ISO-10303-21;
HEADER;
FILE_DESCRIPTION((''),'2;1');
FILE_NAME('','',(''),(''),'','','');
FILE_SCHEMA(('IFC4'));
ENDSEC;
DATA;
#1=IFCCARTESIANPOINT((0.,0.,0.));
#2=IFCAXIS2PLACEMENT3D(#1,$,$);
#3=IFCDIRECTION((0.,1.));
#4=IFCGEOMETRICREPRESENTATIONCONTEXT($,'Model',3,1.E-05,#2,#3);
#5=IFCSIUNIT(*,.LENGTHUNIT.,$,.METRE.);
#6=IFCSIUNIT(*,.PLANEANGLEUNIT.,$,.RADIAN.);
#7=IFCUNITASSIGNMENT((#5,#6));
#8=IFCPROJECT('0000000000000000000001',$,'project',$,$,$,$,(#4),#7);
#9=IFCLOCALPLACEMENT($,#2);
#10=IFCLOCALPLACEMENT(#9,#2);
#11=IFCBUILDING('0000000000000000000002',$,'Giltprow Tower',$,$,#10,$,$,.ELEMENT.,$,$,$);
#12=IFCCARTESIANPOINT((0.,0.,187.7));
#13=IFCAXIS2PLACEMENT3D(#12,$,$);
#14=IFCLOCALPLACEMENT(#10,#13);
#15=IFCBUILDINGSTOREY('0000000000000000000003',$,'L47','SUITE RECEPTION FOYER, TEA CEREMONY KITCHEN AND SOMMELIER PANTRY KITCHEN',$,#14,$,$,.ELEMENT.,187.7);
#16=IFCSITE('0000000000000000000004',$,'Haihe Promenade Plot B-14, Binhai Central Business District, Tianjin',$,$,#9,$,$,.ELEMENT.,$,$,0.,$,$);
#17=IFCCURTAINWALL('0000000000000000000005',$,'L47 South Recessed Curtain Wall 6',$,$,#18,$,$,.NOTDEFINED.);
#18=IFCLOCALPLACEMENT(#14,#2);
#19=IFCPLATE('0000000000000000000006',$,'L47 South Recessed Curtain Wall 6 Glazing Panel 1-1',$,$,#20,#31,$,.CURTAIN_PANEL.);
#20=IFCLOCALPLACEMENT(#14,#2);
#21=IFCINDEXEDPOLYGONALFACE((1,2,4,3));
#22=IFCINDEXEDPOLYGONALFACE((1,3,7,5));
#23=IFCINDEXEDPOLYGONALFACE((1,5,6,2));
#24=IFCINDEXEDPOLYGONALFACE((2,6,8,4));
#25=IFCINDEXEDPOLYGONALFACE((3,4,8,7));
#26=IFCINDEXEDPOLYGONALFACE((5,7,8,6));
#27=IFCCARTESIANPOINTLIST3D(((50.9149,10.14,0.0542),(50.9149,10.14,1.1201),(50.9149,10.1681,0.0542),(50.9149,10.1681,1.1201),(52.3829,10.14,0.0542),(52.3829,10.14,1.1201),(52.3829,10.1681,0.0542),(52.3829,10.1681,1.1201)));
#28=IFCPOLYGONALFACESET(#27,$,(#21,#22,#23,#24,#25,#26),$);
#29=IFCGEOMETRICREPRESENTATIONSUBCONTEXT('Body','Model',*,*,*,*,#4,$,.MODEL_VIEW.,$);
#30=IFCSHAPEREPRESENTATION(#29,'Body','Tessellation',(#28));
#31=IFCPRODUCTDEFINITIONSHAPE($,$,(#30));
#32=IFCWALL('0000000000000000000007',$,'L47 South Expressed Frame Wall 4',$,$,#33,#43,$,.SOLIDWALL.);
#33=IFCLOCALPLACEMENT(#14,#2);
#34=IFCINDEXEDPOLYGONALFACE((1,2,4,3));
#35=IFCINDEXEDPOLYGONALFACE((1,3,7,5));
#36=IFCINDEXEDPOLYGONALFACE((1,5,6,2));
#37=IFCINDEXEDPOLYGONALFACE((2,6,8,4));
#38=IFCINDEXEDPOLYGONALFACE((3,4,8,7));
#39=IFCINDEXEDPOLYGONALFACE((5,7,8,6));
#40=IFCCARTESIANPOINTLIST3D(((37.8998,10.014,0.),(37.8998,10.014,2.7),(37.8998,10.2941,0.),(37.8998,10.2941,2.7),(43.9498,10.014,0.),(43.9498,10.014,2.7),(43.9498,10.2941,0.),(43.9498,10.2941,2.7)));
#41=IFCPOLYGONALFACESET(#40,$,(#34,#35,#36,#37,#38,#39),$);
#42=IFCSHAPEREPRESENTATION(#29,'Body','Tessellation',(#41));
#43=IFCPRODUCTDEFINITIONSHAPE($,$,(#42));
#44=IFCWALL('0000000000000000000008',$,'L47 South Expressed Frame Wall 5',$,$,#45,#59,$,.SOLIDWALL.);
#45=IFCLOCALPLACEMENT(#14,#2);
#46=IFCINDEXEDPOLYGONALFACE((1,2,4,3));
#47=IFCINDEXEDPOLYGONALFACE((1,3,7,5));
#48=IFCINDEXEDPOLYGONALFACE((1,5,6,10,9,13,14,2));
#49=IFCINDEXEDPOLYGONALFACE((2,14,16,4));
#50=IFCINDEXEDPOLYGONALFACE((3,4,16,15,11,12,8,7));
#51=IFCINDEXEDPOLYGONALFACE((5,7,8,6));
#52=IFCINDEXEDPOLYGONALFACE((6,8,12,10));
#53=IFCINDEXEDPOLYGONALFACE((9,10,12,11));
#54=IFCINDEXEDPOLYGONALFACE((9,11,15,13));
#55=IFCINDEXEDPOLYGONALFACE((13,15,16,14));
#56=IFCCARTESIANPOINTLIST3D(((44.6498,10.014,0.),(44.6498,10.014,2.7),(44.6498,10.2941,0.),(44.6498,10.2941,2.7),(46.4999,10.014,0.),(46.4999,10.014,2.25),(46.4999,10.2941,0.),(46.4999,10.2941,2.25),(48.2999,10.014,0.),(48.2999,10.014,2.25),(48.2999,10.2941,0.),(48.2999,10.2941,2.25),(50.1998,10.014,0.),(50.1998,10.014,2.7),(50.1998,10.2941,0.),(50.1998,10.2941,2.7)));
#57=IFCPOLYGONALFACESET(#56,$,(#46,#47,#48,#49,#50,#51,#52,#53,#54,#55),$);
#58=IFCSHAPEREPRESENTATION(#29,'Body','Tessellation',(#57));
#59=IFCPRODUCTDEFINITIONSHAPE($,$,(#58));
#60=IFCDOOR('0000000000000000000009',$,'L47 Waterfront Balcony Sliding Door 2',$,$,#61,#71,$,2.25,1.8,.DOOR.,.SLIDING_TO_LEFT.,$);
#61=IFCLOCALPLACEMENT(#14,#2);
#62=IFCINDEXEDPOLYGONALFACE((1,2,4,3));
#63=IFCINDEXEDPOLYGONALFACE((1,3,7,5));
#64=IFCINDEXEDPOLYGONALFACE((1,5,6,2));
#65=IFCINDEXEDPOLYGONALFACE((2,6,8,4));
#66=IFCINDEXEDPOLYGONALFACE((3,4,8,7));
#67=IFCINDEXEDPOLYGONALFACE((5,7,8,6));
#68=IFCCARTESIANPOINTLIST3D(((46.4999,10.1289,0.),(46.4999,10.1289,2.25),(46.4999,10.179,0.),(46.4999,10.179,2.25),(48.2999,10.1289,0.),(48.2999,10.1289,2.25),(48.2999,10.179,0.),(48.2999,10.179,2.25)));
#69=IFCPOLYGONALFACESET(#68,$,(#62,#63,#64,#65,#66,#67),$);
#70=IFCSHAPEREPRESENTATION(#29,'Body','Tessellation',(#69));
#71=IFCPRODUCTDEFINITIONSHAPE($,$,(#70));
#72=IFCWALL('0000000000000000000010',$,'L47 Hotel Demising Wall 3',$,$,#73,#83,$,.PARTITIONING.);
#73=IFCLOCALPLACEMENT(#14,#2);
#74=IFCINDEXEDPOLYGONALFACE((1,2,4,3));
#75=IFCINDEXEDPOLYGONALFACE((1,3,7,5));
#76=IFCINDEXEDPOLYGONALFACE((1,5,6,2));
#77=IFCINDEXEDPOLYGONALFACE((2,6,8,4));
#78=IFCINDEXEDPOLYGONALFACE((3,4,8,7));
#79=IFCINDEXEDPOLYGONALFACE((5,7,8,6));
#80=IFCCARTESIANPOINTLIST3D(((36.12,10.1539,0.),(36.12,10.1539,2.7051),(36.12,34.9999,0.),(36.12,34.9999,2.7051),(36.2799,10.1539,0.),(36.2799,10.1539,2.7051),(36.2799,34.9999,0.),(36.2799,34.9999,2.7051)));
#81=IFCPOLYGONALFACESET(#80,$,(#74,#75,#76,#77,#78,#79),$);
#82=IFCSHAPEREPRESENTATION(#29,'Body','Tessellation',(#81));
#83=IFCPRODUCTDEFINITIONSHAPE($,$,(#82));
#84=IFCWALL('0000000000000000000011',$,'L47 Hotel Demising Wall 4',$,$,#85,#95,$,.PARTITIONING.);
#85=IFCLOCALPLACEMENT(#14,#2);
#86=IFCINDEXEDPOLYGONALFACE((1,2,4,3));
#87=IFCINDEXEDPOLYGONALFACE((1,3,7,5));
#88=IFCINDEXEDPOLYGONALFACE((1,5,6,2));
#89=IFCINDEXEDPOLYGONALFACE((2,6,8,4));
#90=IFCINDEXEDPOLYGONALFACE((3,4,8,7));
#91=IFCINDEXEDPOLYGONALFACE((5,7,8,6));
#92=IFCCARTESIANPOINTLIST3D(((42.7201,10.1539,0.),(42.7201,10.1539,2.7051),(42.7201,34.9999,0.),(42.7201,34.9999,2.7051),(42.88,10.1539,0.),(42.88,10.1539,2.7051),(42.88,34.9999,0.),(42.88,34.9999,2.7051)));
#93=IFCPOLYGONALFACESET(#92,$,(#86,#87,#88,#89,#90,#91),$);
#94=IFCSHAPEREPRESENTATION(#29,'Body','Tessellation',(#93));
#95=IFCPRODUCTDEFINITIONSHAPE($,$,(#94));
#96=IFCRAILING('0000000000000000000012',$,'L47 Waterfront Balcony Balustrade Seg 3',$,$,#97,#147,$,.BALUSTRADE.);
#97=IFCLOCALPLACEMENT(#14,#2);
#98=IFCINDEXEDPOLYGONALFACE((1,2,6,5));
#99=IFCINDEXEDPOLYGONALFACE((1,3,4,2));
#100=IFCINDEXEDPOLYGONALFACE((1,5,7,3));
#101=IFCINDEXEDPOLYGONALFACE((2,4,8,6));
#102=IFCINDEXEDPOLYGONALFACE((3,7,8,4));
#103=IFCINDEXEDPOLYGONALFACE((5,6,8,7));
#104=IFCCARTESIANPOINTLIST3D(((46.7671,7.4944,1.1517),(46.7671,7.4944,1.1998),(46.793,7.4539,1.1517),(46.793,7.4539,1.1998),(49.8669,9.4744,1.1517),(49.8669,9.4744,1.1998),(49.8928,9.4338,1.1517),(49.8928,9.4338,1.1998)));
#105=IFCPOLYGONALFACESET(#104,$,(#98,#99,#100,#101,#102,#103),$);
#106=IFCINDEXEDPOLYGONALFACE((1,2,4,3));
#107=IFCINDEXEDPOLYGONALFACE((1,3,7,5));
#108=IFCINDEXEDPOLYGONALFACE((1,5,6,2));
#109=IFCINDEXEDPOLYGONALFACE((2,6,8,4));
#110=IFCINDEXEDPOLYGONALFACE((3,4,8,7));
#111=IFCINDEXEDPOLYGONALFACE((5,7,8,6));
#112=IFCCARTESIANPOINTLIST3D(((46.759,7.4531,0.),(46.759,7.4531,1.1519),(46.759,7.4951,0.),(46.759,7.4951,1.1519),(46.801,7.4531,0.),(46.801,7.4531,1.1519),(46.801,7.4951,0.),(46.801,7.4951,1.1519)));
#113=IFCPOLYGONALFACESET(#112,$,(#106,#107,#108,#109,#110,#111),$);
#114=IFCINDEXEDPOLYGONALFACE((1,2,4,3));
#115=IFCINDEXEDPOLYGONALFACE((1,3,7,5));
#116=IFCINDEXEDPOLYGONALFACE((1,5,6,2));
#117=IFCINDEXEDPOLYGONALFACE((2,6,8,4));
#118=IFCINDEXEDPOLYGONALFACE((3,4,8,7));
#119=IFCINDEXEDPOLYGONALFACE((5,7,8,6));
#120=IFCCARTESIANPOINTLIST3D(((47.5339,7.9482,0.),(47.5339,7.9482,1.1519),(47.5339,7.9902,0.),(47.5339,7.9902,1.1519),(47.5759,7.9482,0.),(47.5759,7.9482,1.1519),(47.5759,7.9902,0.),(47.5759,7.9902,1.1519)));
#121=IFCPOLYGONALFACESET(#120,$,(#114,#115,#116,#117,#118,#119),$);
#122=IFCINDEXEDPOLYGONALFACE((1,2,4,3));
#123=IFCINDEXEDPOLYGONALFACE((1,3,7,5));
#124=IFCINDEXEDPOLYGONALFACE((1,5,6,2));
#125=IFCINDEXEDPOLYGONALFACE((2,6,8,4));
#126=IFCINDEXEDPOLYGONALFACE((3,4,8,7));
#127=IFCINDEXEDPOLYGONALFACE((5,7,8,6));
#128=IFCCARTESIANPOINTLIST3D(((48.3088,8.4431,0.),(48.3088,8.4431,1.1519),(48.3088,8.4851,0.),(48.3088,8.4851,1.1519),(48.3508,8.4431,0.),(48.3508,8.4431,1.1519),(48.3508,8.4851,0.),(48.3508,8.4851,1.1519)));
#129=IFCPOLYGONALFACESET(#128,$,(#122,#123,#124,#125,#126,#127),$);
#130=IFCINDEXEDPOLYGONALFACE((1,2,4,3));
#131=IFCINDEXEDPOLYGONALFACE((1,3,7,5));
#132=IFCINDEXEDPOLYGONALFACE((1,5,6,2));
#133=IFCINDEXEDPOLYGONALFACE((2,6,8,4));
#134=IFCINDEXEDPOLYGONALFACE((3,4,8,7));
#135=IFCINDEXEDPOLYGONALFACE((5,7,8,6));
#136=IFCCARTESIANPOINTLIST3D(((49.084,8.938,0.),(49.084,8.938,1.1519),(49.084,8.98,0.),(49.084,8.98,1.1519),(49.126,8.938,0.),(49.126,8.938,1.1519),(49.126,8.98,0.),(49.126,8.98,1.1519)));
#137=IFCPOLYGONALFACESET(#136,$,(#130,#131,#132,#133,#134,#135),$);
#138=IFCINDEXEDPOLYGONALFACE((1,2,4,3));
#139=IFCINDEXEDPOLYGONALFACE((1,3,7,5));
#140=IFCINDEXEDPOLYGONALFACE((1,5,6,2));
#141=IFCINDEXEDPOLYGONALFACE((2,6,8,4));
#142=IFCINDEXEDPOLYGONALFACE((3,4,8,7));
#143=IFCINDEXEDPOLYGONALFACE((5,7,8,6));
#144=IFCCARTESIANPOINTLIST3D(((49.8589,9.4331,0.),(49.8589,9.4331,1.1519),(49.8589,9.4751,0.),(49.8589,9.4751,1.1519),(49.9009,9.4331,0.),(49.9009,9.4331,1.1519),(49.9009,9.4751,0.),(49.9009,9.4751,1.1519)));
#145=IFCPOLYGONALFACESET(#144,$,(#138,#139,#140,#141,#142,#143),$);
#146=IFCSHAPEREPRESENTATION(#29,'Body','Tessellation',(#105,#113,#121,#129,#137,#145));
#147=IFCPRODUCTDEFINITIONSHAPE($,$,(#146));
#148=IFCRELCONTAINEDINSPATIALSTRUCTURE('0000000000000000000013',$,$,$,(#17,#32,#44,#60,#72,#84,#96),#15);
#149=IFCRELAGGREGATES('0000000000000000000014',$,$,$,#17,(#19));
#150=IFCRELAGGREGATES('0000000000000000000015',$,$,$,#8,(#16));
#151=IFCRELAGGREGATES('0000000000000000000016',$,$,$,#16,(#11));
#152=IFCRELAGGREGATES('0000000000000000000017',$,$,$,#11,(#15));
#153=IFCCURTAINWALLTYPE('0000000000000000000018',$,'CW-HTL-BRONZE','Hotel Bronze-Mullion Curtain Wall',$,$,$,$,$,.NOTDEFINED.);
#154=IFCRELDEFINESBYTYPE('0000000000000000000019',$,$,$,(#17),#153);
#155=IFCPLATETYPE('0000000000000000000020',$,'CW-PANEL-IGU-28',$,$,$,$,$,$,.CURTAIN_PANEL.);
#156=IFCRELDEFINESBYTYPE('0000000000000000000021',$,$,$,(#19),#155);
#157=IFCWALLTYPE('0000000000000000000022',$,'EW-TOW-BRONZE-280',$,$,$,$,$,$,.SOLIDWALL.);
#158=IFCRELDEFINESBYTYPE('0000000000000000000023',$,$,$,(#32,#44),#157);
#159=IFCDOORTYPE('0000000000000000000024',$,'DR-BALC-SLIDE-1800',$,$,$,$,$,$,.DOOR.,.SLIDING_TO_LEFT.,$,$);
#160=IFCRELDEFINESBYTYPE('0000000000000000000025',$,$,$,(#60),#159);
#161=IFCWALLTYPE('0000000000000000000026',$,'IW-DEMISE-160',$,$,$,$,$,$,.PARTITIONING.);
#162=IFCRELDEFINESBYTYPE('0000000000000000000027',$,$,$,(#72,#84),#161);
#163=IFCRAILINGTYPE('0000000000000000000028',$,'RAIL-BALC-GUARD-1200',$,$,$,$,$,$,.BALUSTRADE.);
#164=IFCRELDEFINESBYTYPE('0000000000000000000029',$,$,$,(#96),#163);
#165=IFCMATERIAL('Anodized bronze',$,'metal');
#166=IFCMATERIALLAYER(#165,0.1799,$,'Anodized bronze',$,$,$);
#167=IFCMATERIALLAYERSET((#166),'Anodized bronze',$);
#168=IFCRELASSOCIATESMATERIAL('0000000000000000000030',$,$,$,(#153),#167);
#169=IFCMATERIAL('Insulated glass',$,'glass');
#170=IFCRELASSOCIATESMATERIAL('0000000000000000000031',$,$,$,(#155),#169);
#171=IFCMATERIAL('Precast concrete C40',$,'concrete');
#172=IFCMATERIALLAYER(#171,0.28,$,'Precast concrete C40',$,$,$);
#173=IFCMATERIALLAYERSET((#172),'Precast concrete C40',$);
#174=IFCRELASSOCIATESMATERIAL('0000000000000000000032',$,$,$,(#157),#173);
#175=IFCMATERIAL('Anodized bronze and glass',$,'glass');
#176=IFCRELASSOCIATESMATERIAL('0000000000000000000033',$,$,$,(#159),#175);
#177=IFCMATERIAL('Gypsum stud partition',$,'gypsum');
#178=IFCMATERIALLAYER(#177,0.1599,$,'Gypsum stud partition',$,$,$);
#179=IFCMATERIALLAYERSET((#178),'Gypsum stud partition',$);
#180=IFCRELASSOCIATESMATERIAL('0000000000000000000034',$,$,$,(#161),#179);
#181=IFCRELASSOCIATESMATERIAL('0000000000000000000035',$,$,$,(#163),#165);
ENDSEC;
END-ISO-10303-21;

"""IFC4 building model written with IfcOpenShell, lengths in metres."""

from ifc_helpers import new_model, si_unit, direction, frame, frame_2d, origin, origin_2d, place, context, subcontext, project, spatial, rectangle, extrude, source, transform, mapped, material, layer, layer_set, type_object, element, fill, aggregate, save


model = new_model("IFC4")

# Units and contexts
model_context = context("Model", 3, precision=1e-05, world=origin(), true_north=direction((0.0, 1.0)))
body_context = subcontext(model_context, "Body", "Model", "MODEL_VIEW")
ifc_project = project(units=[si_unit("LENGTHUNIT", "METRE"), si_unit("PLANEANGLEUNIT", "RADIAN")], contexts=[model_context])

# Site, building, storey
site_placement = place(None, origin())
site = spatial("IfcSite", under=ifc_project, at=site_placement, Name="Haihe Promenade Plot B-14, Binhai Central Business District, Tianjin", CompositionType="ELEMENT", RefElevation=0.0)
building_placement = place(site_placement, origin())
building = spatial("IfcBuilding", under=site, at=building_placement, Name="Giltprow Tower", CompositionType="ELEMENT")
storey_placement = place(building_placement, frame((0.0, 0.0, 187.7)))
storey = spatial("IfcBuildingStorey", under=building, at=storey_placement, Name="L47", Description="SUITE RECEPTION FOYER, TEA CEREMONY KITCHEN AND SOMMELIER PANTRY KITCHEN", CompositionType="ELEMENT", Elevation=187.7)

# Curtain wall
ifc_material_1 = material(Name="Anodized bronze", Category="metal")
ifc_layer_1 = layer(ifc_material_1, 0.1799, Name="Anodized bronze")
ifc_layer_set_1 = layer_set([ifc_layer_1], Name="Anodized bronze")
curtain_wall_type = type_object("IfcCurtainWallType", Name="CW-HTL-BRONZE", Description="Hotel Bronze-Mullion Curtain Wall", PredefinedType="NOTDEFINED", material=ifc_layer_set_1)
curtain_wall_placement = place(storey_placement, origin())
curtain_wall = element("IfcCurtainWall", 1, at=curtain_wall_placement, inside=storey, type_object=curtain_wall_type, Name="L47 South Recessed Curtain Wall 6", PredefinedType="NOTDEFINED")

# Plate
ifc_material_2 = material(Name="Insulated glass", Category="glass")
plate_type_1 = type_object("IfcPlateType", Name="CW-PANEL-IGU-28", PredefinedType="CURTAIN_PANEL", material=ifc_material_2)
shared_shape_1 = source(origin(), body_context, "Body", "SweptSolid", [
    extrude(rectangle(XDim=1.468, YDim=0.0281, at=origin_2d()), origin(), (0.0, 0.0, 1.0), 1.0659),
])
plate_1_placement = place(storey_placement, frame((51.6489, 10.1541, 0.0542), z_axis=(0.0, 0.0, 1.0), x_axis=(1.0, 0.0, 0.0)))
plate_1 = element("IfcPlate", 2, at=plate_1_placement, type_object=plate_type_1, Name="L47 South Recessed Curtain Wall 6 Glazing Panel 1-1", PredefinedType="CURTAIN_PANEL", context=body_context, shape_type="MappedRepresentation", body=[
    mapped(shared_shape_1, transform((0.0, 0.0, 0.0), x_axis=(1.0, 0.0, 0.0), y_axis=(0.0, 1.0, 0.0), z_axis=(0.0, 0.0, 1.0), scale=1.0)),
])
aggregate(curtain_wall, [plate_1])

# Wall
ifc_material_3 = material(Name="Precast concrete C40", Category="concrete")
ifc_layer_2 = layer(ifc_material_3, 0.28, Name="Precast concrete C40")
ifc_layer_set_2 = layer_set([ifc_layer_2], Name="Precast concrete C40")
wall_type_1 = type_object("IfcWallType", Name="EW-TOW-BRONZE-280", PredefinedType="SOLIDWALL", material=ifc_layer_set_2)
wall_1_placement = place(storey_placement, frame((37.8999, 10.1541, 0.0), z_axis=(0.0, 0.0, 1.0), x_axis=(1.0, 0.0, 0.0)))
element("IfcWall", 3, at=wall_1_placement, inside=storey, type_object=wall_type_1, Name="L47 South Expressed Frame Wall 4", PredefinedType="SOLIDWALL", context=body_context, shape_type="SweptSolid", body=[
    extrude(rectangle(XDim=6.05, YDim=0.28, at=frame_2d((3.0249, 0.0))), origin(), (0.0, 0.0, 1.0), 2.7),
])

# Wall, opening, door
wall_2_placement = place(storey_placement, frame((44.6499, 10.1541, 0.0), z_axis=(0.0, 0.0, 1.0), x_axis=(1.0, 0.0, 0.0)))
wall_2 = element("IfcWall", 4, at=wall_2_placement, inside=storey, type_object=wall_type_1, Name="L47 South Expressed Frame Wall 5", PredefinedType="SOLIDWALL", context=body_context, shape_type="SweptSolid", body=[
    extrude(rectangle(XDim=5.55, YDim=0.28, at=frame_2d((2.7749, 0.0))), origin(), (0.0, 0.0, 1.0), 2.7),
])
opening_placement = place(wall_2_placement, frame((1.8501, 0.0, 0.0)))
opening = element("IfcOpeningElement", 5, at=opening_placement, cuts=wall_2, PredefinedType="OPENING", context=body_context, shape_type="SweptSolid", body=[
    extrude(rectangle(XDim=1.8, YDim=2.25, at=frame_2d((0.8999, 1.125))), frame((0.0, 0.1499, 0.0), z_axis=(0.0, -1.0, 0.0), x_axis=(1.0, 0.0, 0.0)), (0.0, 0.0, 1.0), 0.3),
])
ifc_material_4 = material(Name="Anodized bronze and glass", Category="glass")
door_type = type_object("IfcDoorType", Name="DR-BALC-SLIDE-1800", OperationType="SLIDING_TO_LEFT", PredefinedType="DOOR", material=ifc_material_4)
shared_shape_2 = source(origin(), body_context, "Body", "SweptSolid", [
    extrude(rectangle(XDim=1.8, YDim=2.25, at=frame_2d((0.8999, 1.125))), frame((0.0, 0.0249, 0.0), z_axis=(0.0, -1.0, 0.0), x_axis=(1.0, 0.0, 0.0)), (0.0, 0.0, 1.0), 0.05),
])
door_placement = place(opening_placement, origin())
door = element("IfcDoor", 6, at=door_placement, inside=storey, type_object=door_type, Name="L47 Waterfront Balcony Sliding Door 2", OperationType="SLIDING_TO_LEFT", OverallHeight=2.25, OverallWidth=1.8, PredefinedType="DOOR", context=body_context, shape_type="MappedRepresentation", body=[
    mapped(shared_shape_2, transform((0.0, 0.0, 0.0), x_axis=(1.0, 0.0, 0.0), y_axis=(0.0, 1.0, 0.0), z_axis=(0.0, 0.0, 1.0), scale=1.0)),
])
fill(opening, door)

# Walls
ifc_material_5 = material(Name="Gypsum stud partition", Category="gypsum")
ifc_layer_3 = layer(ifc_material_5, 0.1599, Name="Gypsum stud partition")
ifc_layer_set_3 = layer_set([ifc_layer_3], Name="Gypsum stud partition")
wall_type_2 = type_object("IfcWallType", Name="IW-DEMISE-160", PredefinedType="PARTITIONING", material=ifc_layer_set_3)
for number, where, z_axis, x_axis, name in (
    (7, (36.2, 10.1541, 0.0), (0.0, 0.0, 1.0), (0.0, 1.0, 0.0), "L47 Hotel Demising Wall 3"),
    (8, (42.8, 10.1541, 0.0), (0.0, 0.0, 1.0), (0.0, 1.0, 0.0), "L47 Hotel Demising Wall 4"),
):
    element("IfcWall", number, at=place(storey_placement, frame(where, z_axis=z_axis, x_axis=x_axis)), inside=storey, type_object=wall_type_2, Name=name, PredefinedType="PARTITIONING", context=body_context, shape_type="SweptSolid", body=[
        extrude(rectangle(XDim=24.8459, YDim=0.1599, at=frame_2d((12.4229, 0.0))), origin(), (0.0, 0.0, 1.0), 2.7051),
    ])

# Railing
railing_type = type_object("IfcRailingType", Name="RAIL-BALC-GUARD-1200", PredefinedType="BALUSTRADE", material=ifc_material_1)
railing_1_placement = place(storey_placement, frame((46.78, 7.4741, 0.0)))
element("IfcRailing", 9, at=railing_1_placement, inside=storey, type_object=railing_type, Name="L47 Waterfront Balcony Balustrade Seg 3", PredefinedType="BALUSTRADE", context=body_context, shape_type="SweptSolid", body=[
    extrude(rectangle(XDim=0.0481, YDim=0.0481, at=origin_2d()), frame((0.0, 0.0, 1.1758), z_axis=(0.842756, 0.538296, 0.0), x_axis=(-0.538296, 0.842756, 0.0)), (0.0, 0.0, 1.0), 3.6782),
    extrude(rectangle(XDim=0.042, YDim=0.042, at=origin_2d()), origin(), (0.0, 0.0, 1.0), 1.1519),
    extrude(rectangle(XDim=0.042, YDim=0.042, at=origin_2d()), frame((0.7749, 0.4951, 0.0)), (0.0, 0.0, 1.0), 1.1519),
    extrude(rectangle(XDim=0.042, YDim=0.042, at=origin_2d()), frame((1.5498, 0.99, 0.0)), (0.0, 0.0, 1.0), 1.1519),
    extrude(rectangle(XDim=0.042, YDim=0.042, at=origin_2d()), frame((2.325, 1.4849, 0.0)), (0.0, 0.0, 1.0), 1.1519),
    extrude(rectangle(XDim=0.042, YDim=0.042, at=origin_2d()), frame((3.0999, 1.98, 0.0)), (0.0, 0.0, 1.0), 1.1519),
])

save(model, "model.ifc")
